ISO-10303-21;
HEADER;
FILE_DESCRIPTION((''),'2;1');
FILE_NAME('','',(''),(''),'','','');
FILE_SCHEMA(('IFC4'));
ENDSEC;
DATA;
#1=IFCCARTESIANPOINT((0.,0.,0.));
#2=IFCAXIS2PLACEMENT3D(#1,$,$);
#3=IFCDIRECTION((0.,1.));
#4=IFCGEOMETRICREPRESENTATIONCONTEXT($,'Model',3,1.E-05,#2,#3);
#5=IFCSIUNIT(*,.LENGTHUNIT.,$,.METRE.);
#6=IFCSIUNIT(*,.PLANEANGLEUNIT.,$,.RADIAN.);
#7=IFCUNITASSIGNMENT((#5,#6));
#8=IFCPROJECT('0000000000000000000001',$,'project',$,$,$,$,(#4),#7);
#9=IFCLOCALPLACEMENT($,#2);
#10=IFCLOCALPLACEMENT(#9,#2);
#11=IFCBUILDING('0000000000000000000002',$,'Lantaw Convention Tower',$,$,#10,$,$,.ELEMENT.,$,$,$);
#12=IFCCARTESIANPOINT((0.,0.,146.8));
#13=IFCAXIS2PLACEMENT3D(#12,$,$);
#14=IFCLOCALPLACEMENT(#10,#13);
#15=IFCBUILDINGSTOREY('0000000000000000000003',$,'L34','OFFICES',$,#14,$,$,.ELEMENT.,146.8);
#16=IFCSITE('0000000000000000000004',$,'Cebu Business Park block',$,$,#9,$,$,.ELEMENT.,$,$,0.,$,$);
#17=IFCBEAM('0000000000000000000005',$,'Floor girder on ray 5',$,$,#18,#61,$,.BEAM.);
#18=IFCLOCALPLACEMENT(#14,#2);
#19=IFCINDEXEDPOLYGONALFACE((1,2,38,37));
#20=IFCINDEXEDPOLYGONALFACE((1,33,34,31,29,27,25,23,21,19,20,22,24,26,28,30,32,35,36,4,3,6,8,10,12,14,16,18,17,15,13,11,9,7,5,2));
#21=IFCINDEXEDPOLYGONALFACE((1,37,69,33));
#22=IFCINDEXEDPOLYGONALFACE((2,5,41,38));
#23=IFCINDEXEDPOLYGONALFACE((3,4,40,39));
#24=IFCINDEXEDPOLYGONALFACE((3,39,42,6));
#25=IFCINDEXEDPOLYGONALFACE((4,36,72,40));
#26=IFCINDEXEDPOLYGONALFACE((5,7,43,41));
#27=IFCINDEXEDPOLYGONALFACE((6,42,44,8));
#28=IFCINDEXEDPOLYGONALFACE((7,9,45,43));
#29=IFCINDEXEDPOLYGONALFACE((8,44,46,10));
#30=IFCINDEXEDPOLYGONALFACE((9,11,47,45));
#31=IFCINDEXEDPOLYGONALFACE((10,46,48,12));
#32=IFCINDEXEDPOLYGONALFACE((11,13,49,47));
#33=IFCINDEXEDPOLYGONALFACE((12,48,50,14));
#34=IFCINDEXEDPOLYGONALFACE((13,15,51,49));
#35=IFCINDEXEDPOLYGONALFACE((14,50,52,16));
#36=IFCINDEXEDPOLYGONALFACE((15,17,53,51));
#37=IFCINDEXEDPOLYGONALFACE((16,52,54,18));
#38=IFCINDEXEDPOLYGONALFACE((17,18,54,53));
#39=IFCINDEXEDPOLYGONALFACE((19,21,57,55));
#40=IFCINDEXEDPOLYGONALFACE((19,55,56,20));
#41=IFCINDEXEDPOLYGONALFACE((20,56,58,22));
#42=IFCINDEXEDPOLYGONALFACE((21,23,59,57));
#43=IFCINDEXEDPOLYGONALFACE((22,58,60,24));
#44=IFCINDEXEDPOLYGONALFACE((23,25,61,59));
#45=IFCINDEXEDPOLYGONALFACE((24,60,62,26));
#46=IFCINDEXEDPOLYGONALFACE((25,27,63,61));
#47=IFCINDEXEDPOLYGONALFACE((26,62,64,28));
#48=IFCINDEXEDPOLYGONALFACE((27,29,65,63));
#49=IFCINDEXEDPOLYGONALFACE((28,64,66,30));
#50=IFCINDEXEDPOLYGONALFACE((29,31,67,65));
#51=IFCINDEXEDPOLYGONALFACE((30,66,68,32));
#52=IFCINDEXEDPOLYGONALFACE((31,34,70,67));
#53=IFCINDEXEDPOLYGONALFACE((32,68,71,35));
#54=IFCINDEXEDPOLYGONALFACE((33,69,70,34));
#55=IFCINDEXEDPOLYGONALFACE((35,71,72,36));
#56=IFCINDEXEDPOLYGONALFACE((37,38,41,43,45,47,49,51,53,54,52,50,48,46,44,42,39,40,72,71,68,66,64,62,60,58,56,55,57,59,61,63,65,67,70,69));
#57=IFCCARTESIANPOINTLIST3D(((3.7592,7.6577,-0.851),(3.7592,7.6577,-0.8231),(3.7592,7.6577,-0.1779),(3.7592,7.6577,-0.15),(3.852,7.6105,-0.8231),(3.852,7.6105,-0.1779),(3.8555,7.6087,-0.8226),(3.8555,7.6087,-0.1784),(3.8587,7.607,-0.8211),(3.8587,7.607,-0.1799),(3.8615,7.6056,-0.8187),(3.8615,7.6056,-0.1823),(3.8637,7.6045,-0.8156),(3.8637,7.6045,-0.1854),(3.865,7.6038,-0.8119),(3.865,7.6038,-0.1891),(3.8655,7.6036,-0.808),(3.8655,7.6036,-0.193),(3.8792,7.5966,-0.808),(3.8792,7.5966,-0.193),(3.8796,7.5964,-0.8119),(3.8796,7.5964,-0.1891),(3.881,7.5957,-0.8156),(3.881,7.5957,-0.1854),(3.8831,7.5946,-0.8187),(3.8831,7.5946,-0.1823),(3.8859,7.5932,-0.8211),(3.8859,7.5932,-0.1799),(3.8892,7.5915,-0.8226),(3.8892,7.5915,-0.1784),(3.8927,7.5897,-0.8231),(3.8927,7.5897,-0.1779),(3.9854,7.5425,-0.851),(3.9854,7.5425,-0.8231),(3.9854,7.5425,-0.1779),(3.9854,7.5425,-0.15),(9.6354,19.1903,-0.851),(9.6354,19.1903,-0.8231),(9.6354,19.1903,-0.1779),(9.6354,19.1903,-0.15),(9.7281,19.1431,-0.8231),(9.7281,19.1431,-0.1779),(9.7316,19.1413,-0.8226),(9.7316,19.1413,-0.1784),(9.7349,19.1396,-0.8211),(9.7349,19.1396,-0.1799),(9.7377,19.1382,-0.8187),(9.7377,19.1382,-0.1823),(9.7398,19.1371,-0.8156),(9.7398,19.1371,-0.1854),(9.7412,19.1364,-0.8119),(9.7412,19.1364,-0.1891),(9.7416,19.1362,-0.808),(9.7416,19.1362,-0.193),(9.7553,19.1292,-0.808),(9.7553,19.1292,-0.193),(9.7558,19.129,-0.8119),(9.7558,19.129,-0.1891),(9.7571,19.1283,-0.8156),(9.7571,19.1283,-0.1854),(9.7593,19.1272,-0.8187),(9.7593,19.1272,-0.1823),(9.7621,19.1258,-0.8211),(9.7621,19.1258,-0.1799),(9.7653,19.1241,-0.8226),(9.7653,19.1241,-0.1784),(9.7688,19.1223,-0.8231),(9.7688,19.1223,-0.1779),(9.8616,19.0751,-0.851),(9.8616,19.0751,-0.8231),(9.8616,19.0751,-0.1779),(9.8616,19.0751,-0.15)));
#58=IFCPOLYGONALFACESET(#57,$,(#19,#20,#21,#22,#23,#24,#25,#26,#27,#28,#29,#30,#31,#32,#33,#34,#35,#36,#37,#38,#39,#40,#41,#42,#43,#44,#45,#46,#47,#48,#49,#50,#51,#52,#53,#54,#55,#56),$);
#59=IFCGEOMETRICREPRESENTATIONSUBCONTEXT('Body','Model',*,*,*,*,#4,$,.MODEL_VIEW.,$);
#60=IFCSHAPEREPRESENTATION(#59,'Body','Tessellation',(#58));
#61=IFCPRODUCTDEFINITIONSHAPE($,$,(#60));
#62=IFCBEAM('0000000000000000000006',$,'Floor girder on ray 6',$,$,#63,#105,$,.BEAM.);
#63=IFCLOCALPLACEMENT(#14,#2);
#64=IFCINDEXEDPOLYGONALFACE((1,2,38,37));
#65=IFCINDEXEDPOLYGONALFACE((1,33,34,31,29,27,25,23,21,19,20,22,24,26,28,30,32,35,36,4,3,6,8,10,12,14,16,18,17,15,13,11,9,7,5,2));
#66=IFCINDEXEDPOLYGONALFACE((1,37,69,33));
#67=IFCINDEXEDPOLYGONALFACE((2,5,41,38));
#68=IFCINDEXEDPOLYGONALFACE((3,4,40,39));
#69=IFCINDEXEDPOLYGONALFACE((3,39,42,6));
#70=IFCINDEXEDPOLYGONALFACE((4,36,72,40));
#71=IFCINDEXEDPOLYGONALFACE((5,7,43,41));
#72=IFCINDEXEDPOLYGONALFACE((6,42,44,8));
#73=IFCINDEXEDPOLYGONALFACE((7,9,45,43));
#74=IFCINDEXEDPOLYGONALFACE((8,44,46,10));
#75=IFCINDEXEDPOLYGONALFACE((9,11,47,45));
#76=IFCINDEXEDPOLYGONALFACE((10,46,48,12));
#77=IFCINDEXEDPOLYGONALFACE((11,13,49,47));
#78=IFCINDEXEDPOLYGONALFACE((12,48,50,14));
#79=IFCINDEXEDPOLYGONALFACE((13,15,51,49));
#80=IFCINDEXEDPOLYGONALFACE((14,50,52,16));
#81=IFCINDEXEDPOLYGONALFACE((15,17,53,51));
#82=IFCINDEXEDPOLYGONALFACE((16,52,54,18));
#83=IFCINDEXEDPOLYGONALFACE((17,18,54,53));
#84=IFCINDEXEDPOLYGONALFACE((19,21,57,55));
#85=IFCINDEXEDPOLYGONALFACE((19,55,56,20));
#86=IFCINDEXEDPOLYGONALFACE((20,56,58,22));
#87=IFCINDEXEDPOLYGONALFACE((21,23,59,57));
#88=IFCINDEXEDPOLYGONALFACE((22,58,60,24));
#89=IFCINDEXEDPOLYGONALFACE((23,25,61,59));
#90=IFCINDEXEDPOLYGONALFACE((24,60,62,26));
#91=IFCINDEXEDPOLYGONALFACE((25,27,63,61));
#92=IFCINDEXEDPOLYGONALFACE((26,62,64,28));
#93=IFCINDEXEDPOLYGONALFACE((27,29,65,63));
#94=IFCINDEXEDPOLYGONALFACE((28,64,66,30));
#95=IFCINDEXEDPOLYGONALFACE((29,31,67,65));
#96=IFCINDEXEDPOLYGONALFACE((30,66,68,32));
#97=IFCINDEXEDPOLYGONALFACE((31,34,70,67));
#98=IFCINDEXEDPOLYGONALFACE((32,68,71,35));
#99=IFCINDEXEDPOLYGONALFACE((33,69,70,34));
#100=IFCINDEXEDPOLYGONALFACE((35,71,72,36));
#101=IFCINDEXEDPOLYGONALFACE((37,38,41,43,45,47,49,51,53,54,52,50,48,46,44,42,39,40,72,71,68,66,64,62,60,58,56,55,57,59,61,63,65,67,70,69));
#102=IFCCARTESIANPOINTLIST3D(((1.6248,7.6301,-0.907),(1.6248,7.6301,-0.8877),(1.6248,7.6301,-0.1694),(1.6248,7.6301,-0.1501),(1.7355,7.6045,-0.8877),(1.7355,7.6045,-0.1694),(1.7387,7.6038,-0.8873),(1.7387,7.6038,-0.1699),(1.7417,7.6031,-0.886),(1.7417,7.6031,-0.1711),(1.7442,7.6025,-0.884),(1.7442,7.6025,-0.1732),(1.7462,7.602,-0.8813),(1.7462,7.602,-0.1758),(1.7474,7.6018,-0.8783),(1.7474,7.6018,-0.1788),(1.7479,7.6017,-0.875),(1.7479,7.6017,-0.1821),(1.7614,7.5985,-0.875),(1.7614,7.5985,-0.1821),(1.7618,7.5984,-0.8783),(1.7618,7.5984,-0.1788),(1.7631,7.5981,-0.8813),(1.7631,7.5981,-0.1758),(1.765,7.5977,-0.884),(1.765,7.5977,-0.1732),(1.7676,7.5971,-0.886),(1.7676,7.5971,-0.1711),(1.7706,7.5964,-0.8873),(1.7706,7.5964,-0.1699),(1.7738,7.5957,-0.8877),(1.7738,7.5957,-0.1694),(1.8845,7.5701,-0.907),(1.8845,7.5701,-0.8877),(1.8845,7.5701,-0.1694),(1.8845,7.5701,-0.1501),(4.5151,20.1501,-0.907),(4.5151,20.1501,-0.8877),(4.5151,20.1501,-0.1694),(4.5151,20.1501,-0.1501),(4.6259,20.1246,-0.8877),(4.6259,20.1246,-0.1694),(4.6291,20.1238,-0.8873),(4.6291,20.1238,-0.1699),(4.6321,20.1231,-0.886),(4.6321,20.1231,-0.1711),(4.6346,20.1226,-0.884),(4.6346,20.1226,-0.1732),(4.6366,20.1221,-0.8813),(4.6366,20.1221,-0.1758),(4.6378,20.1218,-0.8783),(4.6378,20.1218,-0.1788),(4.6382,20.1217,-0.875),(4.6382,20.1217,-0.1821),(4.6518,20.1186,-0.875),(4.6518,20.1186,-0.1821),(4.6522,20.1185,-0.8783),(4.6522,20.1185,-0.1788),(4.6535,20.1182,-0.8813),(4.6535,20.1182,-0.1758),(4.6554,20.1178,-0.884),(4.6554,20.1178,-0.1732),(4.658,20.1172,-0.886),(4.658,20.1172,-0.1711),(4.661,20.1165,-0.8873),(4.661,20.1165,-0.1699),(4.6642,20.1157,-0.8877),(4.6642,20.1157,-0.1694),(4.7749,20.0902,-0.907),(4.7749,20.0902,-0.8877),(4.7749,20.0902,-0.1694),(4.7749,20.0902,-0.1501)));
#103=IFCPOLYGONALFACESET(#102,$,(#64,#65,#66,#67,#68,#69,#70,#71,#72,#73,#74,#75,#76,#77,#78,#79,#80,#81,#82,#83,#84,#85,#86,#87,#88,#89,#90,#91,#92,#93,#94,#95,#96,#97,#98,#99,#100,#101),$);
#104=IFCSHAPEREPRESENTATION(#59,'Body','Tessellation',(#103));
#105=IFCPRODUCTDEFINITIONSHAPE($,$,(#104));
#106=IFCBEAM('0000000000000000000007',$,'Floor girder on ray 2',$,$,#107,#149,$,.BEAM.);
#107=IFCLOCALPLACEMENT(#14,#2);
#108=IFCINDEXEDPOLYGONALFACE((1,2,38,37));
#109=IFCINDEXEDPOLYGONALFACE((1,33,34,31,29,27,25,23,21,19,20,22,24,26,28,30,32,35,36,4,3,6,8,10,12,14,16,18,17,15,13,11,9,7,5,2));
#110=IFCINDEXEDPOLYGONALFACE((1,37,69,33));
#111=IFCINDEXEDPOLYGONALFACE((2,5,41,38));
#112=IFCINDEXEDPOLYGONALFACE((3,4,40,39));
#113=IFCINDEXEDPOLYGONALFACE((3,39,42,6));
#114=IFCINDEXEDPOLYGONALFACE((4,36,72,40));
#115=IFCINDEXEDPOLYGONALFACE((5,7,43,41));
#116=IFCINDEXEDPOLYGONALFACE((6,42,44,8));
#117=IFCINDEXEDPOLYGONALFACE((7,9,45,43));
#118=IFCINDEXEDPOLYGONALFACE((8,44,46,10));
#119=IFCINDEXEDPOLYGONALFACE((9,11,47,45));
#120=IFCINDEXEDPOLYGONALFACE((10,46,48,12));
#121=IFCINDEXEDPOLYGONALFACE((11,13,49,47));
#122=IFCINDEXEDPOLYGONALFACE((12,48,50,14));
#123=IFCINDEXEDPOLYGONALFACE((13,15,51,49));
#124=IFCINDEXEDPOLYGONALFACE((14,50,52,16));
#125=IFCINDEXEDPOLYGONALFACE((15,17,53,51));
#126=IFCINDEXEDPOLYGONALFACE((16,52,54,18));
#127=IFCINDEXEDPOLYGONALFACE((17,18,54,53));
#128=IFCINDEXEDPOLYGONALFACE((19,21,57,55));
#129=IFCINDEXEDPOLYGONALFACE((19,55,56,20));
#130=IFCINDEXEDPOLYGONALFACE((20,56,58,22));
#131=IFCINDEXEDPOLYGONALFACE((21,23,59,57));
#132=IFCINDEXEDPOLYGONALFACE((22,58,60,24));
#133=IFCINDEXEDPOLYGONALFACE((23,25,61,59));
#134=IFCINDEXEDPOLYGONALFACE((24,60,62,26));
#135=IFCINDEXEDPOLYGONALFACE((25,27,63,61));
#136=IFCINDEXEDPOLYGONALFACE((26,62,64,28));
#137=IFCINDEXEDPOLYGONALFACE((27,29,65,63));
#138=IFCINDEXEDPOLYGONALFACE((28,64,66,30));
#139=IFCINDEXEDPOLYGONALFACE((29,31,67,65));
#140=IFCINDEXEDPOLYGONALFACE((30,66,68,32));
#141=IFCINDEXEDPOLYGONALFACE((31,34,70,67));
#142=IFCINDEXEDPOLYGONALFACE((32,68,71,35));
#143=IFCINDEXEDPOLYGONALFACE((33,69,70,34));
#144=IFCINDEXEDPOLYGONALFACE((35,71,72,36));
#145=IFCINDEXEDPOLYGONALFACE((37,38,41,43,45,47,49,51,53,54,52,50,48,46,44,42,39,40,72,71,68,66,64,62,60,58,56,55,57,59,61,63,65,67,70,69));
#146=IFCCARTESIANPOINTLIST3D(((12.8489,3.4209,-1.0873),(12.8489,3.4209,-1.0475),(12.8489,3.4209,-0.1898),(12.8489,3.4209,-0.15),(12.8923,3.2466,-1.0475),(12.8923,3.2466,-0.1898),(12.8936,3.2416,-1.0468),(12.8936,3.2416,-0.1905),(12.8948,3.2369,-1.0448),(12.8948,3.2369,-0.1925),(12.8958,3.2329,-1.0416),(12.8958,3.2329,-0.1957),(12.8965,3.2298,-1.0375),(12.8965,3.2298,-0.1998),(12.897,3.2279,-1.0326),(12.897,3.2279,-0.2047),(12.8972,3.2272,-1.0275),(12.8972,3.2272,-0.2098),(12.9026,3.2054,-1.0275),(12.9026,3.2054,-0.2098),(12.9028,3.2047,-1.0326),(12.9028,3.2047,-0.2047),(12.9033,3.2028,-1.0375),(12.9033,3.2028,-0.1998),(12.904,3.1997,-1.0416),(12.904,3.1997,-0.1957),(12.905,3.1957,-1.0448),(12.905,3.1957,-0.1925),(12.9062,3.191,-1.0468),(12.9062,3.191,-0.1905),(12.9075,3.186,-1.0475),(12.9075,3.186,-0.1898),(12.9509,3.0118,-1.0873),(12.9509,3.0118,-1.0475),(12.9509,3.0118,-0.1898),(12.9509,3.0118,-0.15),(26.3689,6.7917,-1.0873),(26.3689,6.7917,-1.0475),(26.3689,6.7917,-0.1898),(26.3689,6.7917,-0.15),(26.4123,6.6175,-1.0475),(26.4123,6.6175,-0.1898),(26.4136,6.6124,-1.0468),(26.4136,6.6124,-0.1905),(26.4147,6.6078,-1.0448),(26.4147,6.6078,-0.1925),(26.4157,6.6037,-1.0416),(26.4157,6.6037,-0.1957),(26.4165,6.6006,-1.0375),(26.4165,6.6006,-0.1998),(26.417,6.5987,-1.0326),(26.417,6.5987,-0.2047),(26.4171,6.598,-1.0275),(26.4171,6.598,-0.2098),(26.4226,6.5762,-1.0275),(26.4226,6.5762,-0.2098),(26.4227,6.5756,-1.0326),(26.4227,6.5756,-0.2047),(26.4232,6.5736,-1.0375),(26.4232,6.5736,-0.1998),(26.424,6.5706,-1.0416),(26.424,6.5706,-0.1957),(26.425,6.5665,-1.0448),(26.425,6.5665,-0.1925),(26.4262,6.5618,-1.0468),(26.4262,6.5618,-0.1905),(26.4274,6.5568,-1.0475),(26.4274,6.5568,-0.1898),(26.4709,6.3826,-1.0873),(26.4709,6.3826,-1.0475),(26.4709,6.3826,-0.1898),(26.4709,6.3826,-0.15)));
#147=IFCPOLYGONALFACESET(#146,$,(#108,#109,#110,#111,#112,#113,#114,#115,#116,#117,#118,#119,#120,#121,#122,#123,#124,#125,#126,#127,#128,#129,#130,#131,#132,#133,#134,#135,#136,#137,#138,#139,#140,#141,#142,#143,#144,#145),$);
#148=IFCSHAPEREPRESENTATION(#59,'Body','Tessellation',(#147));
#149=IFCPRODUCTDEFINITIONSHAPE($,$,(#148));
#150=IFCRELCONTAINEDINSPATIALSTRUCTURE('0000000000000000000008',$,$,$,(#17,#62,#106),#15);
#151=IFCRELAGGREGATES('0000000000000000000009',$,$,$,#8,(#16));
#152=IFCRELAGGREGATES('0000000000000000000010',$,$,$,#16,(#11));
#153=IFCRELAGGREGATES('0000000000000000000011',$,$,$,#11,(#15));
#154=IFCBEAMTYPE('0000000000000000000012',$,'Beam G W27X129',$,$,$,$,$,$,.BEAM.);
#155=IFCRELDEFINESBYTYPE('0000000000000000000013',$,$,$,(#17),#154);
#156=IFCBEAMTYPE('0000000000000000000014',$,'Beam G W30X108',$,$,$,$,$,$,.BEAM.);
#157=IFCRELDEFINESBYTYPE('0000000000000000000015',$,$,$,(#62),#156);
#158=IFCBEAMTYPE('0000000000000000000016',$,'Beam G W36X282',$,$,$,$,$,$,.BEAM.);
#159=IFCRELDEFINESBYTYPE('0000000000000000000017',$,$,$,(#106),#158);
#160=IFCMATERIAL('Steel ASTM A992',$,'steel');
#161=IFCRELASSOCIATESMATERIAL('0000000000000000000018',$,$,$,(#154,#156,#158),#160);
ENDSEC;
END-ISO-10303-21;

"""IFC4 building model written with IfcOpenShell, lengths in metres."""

from ifc_helpers import new_model, si_unit, direction, frame, origin, origin_2d, place, context, subcontext, project, spatial, i_section, extrude, material, material_profile, profile_set, type_object, element, save


model = new_model("IFC4")

# Units and contexts
model_context = context("Model", 3, precision=1e-05, world=origin(), true_north=direction((0.0, 1.0)))
body_context = subcontext(model_context, "Body", "Model", "MODEL_VIEW")
ifc_project = project(units=[si_unit("LENGTHUNIT", "METRE"), si_unit("PLANEANGLEUNIT", "RADIAN")], contexts=[model_context])

# Site, building, storey
site_placement = place(None, origin())
site = spatial("IfcSite", under=ifc_project, at=site_placement, Name="Cebu Business Park block", CompositionType="ELEMENT", RefElevation=0.0)
building_placement = place(site_placement, origin())
building = spatial("IfcBuilding", under=site, at=building_placement, Name="Lantaw Convention Tower", CompositionType="ELEMENT")
storey_placement = place(building_placement, frame((0.0, 0.0, 146.8)))
storey = spatial("IfcBuildingStorey", under=building, at=storey_placement, Name="L34", Description="OFFICES", CompositionType="ELEMENT", Elevation=146.8)

# Beams
ifc_material_1 = material(Name="Steel ASTM A992", Category="steel")
ifc_material_profile_1 = material_profile(ifc_material_1, i_section(OverallWidth=0.2539, OverallDepth=0.7009, WebThickness=0.0154, FlangeThickness=0.0278, FilletRadius=0.0151, at=origin_2d()), Name="W27X129")
ifc_profile_set_1 = profile_set([ifc_material_profile_1], Name="Steel ASTM A992")
beam_type_1 = type_object("IfcBeamType", Name="Beam G W27X129", PredefinedType="BEAM", material=ifc_profile_set_1)
beam_1_placement = place(storey_placement, frame((3.8723, 7.6001, -0.5005), z_axis=(0.453991, 0.891006, 0.0), x_axis=(-0.891006, 0.453991, 0.0)))
element("IfcBeam", 1, at=beam_1_placement, inside=storey, type_object=beam_type_1, Name="Floor girder on ray 5", PredefinedType="BEAM", context=body_context, shape_type="SweptSolid", body=[
    extrude(i_section(OverallWidth=0.2539, OverallDepth=0.7009, WebThickness=0.0154, FlangeThickness=0.0278, FilletRadius=0.0151, at=origin_2d()), origin(), (0.0, 0.0, 1.0), 12.9434),
])
ifc_material_profile_2 = material_profile(ifc_material_1, i_section(OverallWidth=0.2666, OverallDepth=0.7568, WebThickness=0.0139, FlangeThickness=0.0193, FilletRadius=0.0127, at=origin_2d()), Name="W30X108")
ifc_profile_set_2 = profile_set([ifc_material_profile_2], Name="Steel ASTM A992")
beam_type_2 = type_object("IfcBeamType", Name="Beam G W30X108", PredefinedType="BEAM", material=ifc_profile_set_2)
beam_2_placement = place(storey_placement, frame((1.7546, 7.6001, -0.5286), z_axis=(0.224944, 0.974372, 0.0), x_axis=(-0.974372, 0.224944, 0.0)))
element("IfcBeam", 2, at=beam_2_placement, inside=storey, type_object=beam_type_2, Name="Floor girder on ray 6", PredefinedType="BEAM", context=body_context, shape_type="SweptSolid", body=[
    extrude(i_section(OverallWidth=0.2666, OverallDepth=0.7568, WebThickness=0.0139, FlangeThickness=0.0193, FilletRadius=0.0127, at=origin_2d()), origin(), (0.0, 0.0, 1.0), 12.8494),
])
ifc_material_profile_3 = material_profile(ifc_material_1, i_section(OverallWidth=0.4216, OverallDepth=0.9373, WebThickness=0.0225, FlangeThickness=0.0398, FilletRadius=0.02, at=origin_2d()), Name="W36X282")
ifc_profile_set_3 = profile_set([ifc_material_profile_3], Name="Steel ASTM A992")
beam_type_3 = type_object("IfcBeamType", Name="Beam G W36X282", PredefinedType="BEAM", material=ifc_profile_set_3)
beam_3_placement = place(storey_placement, frame((12.8999, 3.2163, -0.6187), z_axis=(0.970297, 0.241917, 0.0), x_axis=(-0.241917, 0.970297, 0.0)))
element("IfcBeam", 3, at=beam_3_placement, inside=storey, type_object=beam_type_3, Name="Floor girder on ray 2", PredefinedType="BEAM", context=body_context, shape_type="SweptSolid", body=[
    extrude(i_section(OverallWidth=0.4216, OverallDepth=0.9373, WebThickness=0.0225, FlangeThickness=0.0398, FilletRadius=0.02, at=origin_2d()), origin(), (0.0, 0.0, 1.0), 13.9338),
])

save(model, "model.ifc")
